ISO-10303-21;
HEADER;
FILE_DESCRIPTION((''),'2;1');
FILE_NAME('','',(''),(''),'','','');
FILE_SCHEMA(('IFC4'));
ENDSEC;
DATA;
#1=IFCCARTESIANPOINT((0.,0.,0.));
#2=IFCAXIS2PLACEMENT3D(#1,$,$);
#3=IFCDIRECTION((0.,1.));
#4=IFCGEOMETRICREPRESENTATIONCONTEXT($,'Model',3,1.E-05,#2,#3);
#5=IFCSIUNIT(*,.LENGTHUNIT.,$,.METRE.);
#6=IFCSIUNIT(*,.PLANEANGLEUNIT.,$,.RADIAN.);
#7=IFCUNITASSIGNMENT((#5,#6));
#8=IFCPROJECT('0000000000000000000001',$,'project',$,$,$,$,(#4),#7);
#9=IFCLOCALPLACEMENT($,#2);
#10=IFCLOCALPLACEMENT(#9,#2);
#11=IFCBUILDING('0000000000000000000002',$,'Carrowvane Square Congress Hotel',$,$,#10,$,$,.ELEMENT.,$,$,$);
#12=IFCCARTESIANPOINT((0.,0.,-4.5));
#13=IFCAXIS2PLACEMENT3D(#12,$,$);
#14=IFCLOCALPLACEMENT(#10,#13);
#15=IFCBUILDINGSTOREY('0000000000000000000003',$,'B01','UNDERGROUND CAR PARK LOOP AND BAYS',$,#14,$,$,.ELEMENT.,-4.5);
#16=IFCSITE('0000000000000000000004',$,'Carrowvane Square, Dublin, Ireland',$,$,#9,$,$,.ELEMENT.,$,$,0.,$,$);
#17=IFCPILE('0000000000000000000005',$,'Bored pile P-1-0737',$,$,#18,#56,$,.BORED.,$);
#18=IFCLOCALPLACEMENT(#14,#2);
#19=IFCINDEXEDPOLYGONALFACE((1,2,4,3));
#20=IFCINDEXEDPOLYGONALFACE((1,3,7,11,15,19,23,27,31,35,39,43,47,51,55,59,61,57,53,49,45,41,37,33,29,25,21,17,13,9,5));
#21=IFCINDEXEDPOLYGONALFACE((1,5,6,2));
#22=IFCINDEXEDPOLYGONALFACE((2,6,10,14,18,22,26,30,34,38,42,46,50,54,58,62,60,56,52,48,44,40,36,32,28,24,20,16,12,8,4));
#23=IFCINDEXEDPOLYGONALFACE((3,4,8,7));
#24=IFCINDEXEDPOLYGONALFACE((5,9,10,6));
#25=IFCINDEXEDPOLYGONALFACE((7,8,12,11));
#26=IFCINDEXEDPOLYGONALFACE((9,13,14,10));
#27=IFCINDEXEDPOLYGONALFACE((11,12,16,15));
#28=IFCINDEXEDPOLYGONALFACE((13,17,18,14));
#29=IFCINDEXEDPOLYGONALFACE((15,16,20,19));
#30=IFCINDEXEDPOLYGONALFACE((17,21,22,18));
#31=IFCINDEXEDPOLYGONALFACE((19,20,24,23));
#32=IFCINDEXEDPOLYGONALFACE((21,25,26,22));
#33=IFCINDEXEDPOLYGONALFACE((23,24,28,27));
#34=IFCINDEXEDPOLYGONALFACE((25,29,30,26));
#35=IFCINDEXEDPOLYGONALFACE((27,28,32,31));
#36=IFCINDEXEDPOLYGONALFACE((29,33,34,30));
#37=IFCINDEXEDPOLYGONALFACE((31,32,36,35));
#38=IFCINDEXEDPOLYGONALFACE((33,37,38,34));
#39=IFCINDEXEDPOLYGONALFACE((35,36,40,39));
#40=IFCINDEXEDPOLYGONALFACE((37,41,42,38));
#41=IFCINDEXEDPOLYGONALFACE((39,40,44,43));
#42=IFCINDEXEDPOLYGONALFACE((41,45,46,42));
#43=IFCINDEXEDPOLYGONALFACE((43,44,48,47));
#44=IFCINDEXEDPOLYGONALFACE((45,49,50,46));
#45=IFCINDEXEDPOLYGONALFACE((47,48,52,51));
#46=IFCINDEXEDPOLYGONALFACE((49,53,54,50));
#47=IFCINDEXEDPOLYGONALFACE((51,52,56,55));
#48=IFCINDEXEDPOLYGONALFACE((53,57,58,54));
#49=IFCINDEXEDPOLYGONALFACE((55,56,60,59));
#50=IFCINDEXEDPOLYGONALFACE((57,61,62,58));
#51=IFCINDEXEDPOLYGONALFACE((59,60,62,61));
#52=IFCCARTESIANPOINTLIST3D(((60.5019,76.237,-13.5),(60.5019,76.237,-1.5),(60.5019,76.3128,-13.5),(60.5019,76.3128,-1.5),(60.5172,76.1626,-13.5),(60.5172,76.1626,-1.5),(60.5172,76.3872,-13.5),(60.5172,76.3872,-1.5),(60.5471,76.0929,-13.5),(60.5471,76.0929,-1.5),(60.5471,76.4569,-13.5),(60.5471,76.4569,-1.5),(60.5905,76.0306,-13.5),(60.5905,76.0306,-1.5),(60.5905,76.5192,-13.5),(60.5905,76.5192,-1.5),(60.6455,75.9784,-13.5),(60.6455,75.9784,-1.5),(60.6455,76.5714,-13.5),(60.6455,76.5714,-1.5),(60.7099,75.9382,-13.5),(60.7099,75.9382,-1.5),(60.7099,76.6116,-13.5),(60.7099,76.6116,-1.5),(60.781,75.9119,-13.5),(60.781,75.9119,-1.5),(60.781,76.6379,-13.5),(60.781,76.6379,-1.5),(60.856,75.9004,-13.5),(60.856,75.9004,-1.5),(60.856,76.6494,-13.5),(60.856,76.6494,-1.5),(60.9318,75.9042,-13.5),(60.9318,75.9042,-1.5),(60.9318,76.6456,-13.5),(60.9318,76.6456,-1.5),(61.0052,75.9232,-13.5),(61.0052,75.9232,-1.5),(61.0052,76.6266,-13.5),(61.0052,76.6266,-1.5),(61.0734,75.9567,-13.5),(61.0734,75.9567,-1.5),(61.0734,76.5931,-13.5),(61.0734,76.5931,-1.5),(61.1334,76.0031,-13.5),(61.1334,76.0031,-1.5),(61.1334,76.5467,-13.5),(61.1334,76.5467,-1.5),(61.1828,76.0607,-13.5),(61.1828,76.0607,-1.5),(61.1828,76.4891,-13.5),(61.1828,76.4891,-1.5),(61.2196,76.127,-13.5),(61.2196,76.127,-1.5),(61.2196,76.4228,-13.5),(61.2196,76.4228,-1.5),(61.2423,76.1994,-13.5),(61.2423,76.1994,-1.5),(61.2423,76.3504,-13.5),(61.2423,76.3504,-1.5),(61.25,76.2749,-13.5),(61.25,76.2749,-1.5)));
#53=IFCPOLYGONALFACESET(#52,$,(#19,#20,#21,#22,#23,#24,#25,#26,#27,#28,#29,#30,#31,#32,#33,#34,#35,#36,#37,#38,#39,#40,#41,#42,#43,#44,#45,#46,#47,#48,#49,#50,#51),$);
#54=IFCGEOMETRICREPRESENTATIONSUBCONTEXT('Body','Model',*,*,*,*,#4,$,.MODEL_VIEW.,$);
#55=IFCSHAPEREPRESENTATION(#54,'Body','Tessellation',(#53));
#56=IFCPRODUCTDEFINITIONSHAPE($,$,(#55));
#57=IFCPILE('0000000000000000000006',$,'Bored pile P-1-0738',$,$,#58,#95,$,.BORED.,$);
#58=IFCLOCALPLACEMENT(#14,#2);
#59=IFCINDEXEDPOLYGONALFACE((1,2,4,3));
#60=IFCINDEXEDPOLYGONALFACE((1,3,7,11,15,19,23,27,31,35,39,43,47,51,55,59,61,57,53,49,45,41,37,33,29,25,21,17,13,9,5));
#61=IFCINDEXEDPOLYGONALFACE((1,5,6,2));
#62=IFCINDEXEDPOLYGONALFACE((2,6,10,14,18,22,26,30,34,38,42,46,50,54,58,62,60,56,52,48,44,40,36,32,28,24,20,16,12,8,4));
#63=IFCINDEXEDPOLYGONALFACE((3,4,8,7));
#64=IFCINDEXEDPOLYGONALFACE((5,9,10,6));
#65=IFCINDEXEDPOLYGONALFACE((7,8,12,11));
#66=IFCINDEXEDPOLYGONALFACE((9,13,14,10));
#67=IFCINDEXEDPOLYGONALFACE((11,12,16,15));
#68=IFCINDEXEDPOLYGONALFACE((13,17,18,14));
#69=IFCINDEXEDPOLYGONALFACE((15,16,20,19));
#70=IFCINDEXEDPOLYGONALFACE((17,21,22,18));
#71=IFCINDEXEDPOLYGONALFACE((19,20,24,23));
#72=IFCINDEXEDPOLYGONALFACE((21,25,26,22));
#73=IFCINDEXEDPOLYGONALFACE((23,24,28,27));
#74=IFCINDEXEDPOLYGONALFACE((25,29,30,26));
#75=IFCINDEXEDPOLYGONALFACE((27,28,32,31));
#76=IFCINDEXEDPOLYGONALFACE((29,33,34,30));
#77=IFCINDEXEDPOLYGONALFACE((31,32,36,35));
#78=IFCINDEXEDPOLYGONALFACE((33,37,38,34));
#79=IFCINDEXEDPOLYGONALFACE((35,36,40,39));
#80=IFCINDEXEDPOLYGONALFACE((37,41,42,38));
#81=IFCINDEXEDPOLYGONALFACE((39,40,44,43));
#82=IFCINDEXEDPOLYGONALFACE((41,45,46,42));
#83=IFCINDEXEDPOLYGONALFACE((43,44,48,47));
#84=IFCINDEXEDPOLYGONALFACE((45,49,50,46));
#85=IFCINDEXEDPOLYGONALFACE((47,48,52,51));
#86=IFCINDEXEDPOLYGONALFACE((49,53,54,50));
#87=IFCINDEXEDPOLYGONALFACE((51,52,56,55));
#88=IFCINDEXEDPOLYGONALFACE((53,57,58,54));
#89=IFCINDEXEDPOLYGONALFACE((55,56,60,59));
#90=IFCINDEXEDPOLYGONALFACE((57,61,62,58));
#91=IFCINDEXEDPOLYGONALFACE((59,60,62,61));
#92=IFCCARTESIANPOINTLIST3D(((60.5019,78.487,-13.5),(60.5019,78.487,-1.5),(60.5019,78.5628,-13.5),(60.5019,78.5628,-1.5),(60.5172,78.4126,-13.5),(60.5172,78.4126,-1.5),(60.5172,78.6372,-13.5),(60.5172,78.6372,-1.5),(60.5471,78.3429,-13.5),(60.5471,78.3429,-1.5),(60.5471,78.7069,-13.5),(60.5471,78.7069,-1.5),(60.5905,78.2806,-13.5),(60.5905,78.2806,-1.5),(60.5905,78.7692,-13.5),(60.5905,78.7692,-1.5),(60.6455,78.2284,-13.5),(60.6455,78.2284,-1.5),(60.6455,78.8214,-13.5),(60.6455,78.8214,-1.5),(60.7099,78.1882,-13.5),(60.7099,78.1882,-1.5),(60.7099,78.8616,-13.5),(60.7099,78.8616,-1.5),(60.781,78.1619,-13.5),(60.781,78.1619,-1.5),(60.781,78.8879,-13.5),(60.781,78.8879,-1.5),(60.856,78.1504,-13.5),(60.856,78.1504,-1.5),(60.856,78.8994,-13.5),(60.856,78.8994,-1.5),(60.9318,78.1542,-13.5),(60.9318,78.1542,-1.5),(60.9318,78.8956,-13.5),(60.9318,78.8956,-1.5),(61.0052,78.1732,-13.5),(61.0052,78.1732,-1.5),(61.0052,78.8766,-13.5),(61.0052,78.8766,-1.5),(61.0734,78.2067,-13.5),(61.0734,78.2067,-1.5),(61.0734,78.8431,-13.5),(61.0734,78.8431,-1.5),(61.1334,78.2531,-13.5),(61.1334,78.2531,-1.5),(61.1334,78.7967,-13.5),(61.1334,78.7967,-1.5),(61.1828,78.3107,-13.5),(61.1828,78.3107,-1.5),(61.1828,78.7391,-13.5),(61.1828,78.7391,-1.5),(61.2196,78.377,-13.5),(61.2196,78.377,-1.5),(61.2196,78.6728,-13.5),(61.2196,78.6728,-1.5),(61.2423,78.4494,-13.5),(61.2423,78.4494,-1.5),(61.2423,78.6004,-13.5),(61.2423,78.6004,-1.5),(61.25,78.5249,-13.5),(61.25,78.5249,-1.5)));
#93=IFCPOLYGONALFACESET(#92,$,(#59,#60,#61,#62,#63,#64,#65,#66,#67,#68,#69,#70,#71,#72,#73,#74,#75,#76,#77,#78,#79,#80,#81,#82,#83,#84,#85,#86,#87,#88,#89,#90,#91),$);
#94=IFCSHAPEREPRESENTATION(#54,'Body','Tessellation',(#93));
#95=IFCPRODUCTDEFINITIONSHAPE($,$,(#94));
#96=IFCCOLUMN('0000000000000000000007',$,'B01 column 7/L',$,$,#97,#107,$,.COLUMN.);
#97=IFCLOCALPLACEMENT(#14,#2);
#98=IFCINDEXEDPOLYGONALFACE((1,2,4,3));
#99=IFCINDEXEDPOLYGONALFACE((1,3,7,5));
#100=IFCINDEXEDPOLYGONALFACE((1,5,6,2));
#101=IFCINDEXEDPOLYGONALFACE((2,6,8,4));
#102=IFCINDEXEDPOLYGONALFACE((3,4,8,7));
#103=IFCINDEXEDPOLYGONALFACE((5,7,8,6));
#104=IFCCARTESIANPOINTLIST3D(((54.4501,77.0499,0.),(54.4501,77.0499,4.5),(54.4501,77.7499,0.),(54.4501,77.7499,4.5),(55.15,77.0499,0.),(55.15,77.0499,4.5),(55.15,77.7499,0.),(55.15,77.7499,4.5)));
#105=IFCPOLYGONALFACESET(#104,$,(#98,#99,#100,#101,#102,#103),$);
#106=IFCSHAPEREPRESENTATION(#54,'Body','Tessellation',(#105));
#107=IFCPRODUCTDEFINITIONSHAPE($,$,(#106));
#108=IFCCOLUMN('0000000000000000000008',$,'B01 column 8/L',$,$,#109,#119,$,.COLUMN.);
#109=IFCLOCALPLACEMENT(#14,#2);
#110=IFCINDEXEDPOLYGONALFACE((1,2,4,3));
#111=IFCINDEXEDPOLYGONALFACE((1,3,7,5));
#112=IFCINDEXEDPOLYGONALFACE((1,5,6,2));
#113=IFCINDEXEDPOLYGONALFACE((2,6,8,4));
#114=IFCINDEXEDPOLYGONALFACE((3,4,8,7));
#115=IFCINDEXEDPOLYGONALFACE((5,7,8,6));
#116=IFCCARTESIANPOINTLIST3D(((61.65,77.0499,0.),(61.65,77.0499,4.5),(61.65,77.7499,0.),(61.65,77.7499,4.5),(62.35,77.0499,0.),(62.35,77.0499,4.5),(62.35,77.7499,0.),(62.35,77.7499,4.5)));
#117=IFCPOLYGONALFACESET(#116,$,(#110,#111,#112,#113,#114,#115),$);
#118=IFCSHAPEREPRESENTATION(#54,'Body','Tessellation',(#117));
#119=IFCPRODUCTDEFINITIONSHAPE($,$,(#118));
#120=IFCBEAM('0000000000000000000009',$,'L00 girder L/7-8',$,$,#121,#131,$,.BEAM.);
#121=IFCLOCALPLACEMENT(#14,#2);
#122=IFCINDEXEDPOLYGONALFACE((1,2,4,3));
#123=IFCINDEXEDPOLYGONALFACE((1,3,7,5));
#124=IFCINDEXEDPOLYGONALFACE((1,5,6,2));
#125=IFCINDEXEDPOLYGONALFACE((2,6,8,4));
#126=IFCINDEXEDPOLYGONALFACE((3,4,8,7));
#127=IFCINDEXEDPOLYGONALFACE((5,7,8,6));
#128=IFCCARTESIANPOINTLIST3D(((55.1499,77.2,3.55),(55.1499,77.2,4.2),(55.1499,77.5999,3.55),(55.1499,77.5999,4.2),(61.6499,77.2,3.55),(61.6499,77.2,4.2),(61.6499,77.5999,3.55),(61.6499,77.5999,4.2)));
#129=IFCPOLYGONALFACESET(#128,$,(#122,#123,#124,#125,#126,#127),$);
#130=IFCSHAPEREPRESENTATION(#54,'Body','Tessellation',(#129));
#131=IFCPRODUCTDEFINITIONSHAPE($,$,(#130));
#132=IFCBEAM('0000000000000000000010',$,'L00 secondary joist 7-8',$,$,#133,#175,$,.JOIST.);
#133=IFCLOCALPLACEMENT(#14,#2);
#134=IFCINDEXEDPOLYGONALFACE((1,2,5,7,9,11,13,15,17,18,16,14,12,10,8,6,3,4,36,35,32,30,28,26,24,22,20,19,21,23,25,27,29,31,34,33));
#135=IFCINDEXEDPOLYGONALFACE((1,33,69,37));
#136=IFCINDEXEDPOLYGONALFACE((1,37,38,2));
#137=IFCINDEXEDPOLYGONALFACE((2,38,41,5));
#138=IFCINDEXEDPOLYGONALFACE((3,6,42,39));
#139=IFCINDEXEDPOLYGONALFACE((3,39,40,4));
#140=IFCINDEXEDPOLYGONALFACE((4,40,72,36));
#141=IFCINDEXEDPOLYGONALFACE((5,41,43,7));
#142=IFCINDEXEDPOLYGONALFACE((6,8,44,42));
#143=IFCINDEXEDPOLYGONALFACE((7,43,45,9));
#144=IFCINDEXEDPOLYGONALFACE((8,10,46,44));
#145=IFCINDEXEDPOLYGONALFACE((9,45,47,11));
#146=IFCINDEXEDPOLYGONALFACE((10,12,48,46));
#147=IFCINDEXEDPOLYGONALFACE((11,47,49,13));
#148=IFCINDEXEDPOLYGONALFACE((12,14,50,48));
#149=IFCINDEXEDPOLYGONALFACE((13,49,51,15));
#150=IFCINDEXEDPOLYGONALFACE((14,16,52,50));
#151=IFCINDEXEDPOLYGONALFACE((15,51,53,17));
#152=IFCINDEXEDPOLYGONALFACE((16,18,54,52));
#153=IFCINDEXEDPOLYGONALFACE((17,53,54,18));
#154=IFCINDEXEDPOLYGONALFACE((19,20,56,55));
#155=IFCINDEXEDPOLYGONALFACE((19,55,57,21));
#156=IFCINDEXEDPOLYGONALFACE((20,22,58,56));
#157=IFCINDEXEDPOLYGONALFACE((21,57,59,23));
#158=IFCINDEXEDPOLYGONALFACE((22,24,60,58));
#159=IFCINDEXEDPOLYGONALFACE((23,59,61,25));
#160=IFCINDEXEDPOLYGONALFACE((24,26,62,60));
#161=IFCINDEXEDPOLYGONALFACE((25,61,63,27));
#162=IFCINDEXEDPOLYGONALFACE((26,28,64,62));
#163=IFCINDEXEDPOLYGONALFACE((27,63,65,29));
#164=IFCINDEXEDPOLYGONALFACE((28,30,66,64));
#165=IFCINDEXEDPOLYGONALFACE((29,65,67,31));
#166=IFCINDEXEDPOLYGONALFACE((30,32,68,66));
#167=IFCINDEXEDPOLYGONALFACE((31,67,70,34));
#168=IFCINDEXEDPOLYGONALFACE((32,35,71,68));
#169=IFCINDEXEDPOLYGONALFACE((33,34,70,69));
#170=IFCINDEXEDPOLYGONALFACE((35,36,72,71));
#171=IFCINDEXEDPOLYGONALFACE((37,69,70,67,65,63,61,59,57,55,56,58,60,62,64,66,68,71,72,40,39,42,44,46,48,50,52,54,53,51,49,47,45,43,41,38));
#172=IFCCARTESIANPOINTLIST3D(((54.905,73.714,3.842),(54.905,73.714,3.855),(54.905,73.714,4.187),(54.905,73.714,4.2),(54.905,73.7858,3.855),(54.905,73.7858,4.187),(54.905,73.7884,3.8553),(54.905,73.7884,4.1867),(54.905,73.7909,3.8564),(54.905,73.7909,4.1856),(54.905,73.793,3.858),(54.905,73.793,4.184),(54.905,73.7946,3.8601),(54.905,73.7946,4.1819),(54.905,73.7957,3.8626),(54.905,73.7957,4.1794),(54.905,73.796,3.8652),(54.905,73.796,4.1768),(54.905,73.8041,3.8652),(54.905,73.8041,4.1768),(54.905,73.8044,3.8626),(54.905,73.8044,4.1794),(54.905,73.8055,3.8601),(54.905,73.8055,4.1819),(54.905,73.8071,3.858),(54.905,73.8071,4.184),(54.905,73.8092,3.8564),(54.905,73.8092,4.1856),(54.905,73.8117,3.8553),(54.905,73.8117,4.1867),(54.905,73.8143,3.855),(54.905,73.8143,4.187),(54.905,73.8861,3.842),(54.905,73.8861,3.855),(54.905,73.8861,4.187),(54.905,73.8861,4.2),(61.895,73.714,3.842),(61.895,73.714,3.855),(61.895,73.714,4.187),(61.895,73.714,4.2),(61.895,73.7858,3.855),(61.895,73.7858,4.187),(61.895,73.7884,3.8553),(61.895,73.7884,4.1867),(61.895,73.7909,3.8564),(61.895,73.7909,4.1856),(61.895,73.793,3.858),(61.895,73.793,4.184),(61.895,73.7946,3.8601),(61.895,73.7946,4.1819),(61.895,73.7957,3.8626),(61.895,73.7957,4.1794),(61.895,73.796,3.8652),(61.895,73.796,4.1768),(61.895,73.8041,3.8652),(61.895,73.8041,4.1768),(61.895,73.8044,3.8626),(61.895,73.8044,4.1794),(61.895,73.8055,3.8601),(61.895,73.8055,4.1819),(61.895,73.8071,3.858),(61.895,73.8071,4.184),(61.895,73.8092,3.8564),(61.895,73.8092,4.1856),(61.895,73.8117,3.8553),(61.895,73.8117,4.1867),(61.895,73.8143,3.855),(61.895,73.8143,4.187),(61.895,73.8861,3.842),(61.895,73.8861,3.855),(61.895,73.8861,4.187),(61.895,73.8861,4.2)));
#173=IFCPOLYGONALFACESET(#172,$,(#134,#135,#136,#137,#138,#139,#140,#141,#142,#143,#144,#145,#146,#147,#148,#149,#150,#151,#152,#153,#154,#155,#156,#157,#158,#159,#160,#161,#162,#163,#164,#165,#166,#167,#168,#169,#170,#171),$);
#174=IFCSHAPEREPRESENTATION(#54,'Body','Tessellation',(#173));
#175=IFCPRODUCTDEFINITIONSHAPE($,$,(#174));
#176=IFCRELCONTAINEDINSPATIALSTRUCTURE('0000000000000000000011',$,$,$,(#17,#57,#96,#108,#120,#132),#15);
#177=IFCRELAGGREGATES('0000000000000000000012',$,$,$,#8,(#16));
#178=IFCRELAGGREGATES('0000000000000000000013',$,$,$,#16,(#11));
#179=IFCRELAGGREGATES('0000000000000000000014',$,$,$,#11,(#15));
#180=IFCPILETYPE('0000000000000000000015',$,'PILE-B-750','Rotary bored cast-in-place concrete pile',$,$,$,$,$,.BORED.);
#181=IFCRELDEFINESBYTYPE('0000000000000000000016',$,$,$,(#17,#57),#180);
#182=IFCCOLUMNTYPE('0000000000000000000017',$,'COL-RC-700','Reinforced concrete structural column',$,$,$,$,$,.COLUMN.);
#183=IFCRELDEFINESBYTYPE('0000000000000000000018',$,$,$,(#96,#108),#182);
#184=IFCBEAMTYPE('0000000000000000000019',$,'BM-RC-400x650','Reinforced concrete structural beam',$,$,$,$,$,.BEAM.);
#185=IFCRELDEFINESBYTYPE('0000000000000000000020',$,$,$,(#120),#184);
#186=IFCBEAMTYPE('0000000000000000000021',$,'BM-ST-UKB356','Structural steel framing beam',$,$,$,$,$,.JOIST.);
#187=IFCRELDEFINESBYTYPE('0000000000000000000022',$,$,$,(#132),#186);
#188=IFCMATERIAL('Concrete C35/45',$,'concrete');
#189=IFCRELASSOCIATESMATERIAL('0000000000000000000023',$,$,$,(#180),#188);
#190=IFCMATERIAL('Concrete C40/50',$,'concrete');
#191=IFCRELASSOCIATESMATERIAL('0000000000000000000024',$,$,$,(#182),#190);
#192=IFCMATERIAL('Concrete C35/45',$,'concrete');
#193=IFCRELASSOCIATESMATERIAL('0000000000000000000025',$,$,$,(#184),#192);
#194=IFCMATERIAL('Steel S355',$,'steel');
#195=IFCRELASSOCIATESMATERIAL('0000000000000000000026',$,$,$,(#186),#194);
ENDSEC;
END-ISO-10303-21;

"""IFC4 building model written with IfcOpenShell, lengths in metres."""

from ifc_helpers import new_model, si_unit, direction, frame, origin, origin_2d, place, context, subcontext, project, spatial, rectangle, circle, i_section, extrude, material, material_profile, profile_set, type_object, element, save


model = new_model("IFC4")

# Units and contexts
model_context = context("Model", 3, precision=1e-05, world=origin(), true_north=direction((0.0, 1.0)))
body_context = subcontext(model_context, "Body", "Model", "MODEL_VIEW")
ifc_project = project(units=[si_unit("LENGTHUNIT", "METRE"), si_unit("PLANEANGLEUNIT", "RADIAN")], contexts=[model_context])

# Site, building, storey
site_placement = place(None, origin())
site = spatial("IfcSite", under=ifc_project, at=site_placement, Name="Carrowvane Square, Dublin, Ireland", CompositionType="ELEMENT", RefElevation=0.0)
building_placement = place(site_placement, origin())
building = spatial("IfcBuilding", under=site, at=building_placement, Name="Carrowvane Square Congress Hotel", CompositionType="ELEMENT")
storey_placement = place(building_placement, frame((0.0, 0.0, -4.5)))
storey = spatial("IfcBuildingStorey", under=building, at=storey_placement, Name="B01", Description="UNDERGROUND CAR PARK LOOP AND BAYS", CompositionType="ELEMENT", Elevation=-4.5)

# Piles
ifc_material_1 = material(Name="Concrete C35/45", Category="concrete")
ifc_material_profile_1 = material_profile(ifc_material_1, circle(Radius=0.375, at=origin_2d()), Name="PILE D750")
ifc_profile_set_1 = profile_set([ifc_material_profile_1], Name="Concrete C35/45")
pile_type = type_object("IfcPileType", Name="PILE-B-750", Description="Rotary bored cast-in-place concrete pile", PredefinedType="BORED", material=ifc_profile_set_1)
for number, where, z_axis, x_axis, name in (
    (1, (60.875, 76.2749, -1.5), (0.0, 0.0, -1.0), (1.0, 0.0, 0.0), "Bored pile P-1-0737"),
    (2, (60.875, 78.5249, -1.5), (0.0, 0.0, -1.0), (1.0, 0.0, 0.0), "Bored pile P-1-0738"),
):
    element("IfcPile", number, at=place(storey_placement, frame(where, z_axis=z_axis, x_axis=x_axis)), inside=storey, type_object=pile_type, Name=name, PredefinedType="BORED", context=body_context, shape_type="SweptSolid", body=[
        extrude(circle(Radius=0.375, at=origin_2d()), origin(), (0.0, 0.0, 1.0), 12.0),
    ])

# Columns
ifc_material_2 = material(Name="Concrete C40/50", Category="concrete")
ifc_material_profile_2 = material_profile(ifc_material_2, rectangle(XDim=0.7, YDim=0.7, at=origin_2d()), Name="RC 700x700")
ifc_profile_set_2 = profile_set([ifc_material_profile_2], Name="Concrete C40/50")
column_type = type_object("IfcColumnType", Name="COL-RC-700", Description="Reinforced concrete structural column", PredefinedType="COLUMN", material=ifc_profile_set_2)
for number, where, z_axis, x_axis, name in (
    (3, (54.8, 77.3999, 0.0), (0.0, 0.0, 1.0), (1.0, 0.0, 0.0), "B01 column 7/L"),
    (4, (62.0, 77.3999, 0.0), (0.0, 0.0, 1.0), (1.0, 0.0, 0.0), "B01 column 8/L"),
):
    element("IfcColumn", number, at=place(storey_placement, frame(where, z_axis=z_axis, x_axis=x_axis)), inside=storey, type_object=column_type, Name=name, PredefinedType="COLUMN", context=body_context, shape_type="SweptSolid", body=[
        extrude(rectangle(XDim=0.7, YDim=0.7, at=origin_2d()), origin(), (0.0, 0.0, 1.0), 4.5),
    ])

# Beams
ifc_material_3 = material(Name="Concrete C35/45", Category="concrete")
ifc_material_profile_3 = material_profile(ifc_material_3, rectangle(XDim=0.3999, YDim=0.6499, at=origin_2d()), Name="RC 400x650")
ifc_profile_set_3 = profile_set([ifc_material_profile_3], Name="Concrete C35/45")
beam_type_1 = type_object("IfcBeamType", Name="BM-RC-400x650", Description="Reinforced concrete structural beam", PredefinedType="BEAM", material=ifc_profile_set_3)
beam_placement = place(storey_placement, frame((55.1499, 77.3999, 3.875), z_axis=(1.0, 0.0, 0.0), x_axis=(0.0, 1.0, 0.0)))
element("IfcBeam", 5, at=beam_placement, inside=storey, type_object=beam_type_1, Name="L00 girder L/7-8", PredefinedType="BEAM", context=body_context, shape_type="SweptSolid", body=[
    extrude(rectangle(XDim=0.3999, YDim=0.6499, at=origin_2d()), origin(), (0.0, 0.0, 1.0), 6.5),
])
ifc_material_4 = material(Name="Steel S355", Category="steel")
ifc_material_profile_4 = material_profile(ifc_material_4, i_section(OverallWidth=0.1721, OverallDepth=0.3579, WebThickness=0.0081, FlangeThickness=0.0129, FilletRadius=0.0103, at=origin_2d()), Name="UKB 356x171x57")
ifc_profile_set_4 = profile_set([ifc_material_profile_4], Name="Steel S355")
beam_type_2 = type_object("IfcBeamType", Name="BM-ST-UKB356", Description="Structural steel framing beam", PredefinedType="JOIST", material=ifc_profile_set_4)
for number, where, z_axis, x_axis, name in (
    (6, (54.905, 73.8, 4.021), (1.0, 0.0, 0.0), (0.0, 1.0, 0.0), "L00 secondary joist 7-8"),
):
    element("IfcBeam", number, at=place(storey_placement, frame(where, z_axis=z_axis, x_axis=x_axis)), inside=storey, type_object=beam_type_2, Name=name, PredefinedType="JOIST", context=body_context, shape_type="SweptSolid", body=[
        extrude(i_section(OverallWidth=0.1721, OverallDepth=0.3579, WebThickness=0.0081, FlangeThickness=0.0129, FilletRadius=0.0103, at=origin_2d()), origin(), (0.0, 0.0, 1.0), 6.99),
    ])

save(model, "model.ifc")
